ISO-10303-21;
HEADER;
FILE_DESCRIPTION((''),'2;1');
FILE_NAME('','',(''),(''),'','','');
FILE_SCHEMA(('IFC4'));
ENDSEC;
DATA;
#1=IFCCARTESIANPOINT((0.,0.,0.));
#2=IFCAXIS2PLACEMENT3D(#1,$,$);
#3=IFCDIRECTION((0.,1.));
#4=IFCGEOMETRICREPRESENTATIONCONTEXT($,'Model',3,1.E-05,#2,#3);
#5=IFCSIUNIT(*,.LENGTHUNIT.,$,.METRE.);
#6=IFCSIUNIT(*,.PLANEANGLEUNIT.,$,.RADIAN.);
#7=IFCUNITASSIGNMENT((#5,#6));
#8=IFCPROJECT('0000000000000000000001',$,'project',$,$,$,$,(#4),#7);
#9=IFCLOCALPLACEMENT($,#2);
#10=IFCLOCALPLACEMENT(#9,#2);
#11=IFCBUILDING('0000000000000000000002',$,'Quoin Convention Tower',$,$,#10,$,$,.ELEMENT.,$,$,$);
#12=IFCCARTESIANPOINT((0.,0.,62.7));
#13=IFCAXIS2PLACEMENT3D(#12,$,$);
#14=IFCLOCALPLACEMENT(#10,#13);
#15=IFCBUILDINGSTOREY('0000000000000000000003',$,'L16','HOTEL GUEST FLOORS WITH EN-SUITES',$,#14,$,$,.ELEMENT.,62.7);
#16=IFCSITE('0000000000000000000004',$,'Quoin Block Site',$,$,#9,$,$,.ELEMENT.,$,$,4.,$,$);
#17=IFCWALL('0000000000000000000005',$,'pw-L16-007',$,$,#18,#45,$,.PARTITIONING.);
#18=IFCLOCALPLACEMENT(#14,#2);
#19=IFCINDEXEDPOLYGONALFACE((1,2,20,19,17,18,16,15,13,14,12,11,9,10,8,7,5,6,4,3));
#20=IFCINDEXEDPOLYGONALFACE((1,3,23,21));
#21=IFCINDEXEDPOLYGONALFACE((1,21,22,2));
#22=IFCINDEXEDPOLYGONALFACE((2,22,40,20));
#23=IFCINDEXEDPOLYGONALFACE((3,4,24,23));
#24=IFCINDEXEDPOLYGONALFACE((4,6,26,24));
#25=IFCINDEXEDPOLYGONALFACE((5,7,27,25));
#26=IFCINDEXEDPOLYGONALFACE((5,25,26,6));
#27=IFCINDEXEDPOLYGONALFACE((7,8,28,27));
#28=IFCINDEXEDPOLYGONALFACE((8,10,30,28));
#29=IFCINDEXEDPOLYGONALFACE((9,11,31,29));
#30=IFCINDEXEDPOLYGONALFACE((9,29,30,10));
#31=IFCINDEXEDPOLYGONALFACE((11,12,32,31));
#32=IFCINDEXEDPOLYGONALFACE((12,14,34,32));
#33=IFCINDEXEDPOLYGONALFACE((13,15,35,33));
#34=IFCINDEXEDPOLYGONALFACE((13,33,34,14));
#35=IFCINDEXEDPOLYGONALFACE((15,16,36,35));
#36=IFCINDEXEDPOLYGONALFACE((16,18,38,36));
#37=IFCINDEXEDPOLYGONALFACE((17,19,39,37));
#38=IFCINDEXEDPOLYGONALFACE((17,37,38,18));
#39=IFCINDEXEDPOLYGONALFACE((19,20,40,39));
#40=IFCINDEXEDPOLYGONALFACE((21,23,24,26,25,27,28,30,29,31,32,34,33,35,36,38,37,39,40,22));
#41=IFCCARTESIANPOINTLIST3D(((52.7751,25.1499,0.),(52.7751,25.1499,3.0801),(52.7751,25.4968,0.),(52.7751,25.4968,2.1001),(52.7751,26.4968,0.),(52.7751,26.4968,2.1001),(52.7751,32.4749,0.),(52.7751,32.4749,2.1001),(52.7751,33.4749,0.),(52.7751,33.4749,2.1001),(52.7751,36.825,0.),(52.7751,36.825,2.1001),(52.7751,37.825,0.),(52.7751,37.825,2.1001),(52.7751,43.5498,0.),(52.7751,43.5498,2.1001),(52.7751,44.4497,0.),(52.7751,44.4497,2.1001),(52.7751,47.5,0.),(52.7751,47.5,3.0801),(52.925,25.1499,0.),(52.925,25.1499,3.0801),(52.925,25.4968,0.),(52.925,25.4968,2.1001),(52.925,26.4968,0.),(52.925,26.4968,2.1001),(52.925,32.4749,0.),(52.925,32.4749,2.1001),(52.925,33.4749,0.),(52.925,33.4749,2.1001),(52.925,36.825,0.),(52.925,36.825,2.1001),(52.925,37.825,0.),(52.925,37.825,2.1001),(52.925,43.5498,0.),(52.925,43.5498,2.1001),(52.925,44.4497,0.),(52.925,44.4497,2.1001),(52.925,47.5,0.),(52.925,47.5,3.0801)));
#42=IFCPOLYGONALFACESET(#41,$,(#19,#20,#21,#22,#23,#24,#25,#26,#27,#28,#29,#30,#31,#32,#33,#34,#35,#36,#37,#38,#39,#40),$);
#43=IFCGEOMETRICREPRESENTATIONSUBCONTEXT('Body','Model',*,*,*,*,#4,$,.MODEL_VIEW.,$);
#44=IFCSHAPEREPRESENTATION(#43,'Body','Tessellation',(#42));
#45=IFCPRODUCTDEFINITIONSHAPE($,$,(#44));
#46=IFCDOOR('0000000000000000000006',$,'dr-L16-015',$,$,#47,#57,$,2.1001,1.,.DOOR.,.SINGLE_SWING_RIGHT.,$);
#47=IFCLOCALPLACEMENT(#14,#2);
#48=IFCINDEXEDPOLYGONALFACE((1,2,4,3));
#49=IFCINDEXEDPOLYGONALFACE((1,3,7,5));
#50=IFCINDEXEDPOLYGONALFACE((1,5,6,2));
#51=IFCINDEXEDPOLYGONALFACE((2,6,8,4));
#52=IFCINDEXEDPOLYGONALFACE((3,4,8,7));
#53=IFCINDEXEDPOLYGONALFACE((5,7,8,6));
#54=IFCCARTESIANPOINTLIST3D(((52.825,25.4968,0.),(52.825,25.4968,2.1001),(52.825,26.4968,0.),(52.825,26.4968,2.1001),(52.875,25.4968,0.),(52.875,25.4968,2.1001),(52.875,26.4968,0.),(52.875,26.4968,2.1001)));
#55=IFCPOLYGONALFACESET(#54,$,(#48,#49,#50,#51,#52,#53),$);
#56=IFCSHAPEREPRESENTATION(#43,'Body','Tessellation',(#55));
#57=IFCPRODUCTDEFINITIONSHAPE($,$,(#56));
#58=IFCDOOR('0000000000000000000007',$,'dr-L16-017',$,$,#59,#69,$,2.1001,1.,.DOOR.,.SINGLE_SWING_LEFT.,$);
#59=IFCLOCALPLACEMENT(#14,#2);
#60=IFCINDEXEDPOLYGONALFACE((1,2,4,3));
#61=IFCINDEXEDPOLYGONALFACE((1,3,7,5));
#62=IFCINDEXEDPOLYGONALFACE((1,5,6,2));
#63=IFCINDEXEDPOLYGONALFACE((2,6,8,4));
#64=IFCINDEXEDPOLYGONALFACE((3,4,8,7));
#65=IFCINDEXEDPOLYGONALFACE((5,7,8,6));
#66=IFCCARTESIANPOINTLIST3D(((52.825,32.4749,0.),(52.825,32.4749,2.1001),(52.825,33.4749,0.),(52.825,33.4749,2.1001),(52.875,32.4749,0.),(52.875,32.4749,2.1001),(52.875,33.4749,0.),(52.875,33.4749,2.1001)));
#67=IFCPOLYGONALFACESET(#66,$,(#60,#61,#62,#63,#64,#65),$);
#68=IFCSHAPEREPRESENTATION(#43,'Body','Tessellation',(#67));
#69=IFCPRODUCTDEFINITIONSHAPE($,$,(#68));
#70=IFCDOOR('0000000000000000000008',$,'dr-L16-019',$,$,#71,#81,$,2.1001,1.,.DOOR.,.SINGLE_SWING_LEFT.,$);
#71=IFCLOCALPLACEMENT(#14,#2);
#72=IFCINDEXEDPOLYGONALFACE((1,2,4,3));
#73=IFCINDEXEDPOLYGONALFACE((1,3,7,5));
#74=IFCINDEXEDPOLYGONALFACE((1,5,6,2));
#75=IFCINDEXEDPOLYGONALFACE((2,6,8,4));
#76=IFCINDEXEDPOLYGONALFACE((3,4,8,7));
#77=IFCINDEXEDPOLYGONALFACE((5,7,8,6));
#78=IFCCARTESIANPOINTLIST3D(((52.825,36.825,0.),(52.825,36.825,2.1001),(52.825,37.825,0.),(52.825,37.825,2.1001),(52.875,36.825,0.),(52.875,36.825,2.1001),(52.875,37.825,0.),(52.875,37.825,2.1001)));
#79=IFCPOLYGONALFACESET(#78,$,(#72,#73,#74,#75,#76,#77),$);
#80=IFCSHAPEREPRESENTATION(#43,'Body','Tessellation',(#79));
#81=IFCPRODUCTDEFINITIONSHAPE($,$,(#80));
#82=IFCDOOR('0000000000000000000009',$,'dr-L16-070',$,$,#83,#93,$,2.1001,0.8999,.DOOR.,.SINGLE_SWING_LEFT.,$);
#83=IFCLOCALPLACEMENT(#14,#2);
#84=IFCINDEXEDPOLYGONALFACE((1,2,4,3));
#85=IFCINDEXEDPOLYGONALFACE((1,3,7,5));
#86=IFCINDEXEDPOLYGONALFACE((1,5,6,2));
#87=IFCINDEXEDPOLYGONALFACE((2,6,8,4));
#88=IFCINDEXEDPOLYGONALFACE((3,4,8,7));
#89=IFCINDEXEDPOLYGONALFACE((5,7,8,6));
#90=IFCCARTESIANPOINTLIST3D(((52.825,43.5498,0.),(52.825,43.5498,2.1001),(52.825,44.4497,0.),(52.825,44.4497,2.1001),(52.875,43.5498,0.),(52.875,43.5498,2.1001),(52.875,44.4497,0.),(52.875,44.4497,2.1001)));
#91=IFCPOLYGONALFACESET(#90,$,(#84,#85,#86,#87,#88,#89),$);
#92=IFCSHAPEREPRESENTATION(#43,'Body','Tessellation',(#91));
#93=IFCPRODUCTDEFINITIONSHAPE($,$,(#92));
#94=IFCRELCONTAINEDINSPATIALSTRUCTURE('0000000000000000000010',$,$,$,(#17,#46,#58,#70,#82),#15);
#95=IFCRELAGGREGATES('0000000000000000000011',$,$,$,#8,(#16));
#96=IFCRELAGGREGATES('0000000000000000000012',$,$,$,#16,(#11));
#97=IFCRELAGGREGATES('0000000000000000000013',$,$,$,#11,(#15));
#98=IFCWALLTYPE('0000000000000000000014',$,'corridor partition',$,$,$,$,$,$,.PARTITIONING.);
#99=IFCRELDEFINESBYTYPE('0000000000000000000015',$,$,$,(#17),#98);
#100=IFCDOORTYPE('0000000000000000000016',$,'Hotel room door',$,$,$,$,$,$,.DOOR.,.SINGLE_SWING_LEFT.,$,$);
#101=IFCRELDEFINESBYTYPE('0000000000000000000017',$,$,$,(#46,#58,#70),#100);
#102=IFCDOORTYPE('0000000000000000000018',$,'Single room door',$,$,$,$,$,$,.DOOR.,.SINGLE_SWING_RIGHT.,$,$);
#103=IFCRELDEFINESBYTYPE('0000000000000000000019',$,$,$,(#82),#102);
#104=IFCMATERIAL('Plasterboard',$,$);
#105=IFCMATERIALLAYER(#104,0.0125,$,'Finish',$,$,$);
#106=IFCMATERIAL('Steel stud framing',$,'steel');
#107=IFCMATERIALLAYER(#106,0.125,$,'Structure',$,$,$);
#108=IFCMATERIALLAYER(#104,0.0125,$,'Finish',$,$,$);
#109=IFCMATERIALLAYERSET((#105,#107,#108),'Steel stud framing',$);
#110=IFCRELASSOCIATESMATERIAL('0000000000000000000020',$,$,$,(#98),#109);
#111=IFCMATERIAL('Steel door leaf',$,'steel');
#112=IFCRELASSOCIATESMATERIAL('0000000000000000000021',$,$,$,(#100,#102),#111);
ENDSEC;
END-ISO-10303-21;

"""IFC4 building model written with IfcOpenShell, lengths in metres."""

from ifc_helpers import new_model, si_unit, direction, frame, frame_2d, origin, place, context, subcontext, project, spatial, rectangle, extrude, material, layer, layer_set, type_object, element, fill, save


model = new_model("IFC4")

# Units and contexts
model_context = context("Model", 3, precision=1e-05, world=origin(), true_north=direction((0.0, 1.0)))
body_context = subcontext(model_context, "Body", "Model", "MODEL_VIEW")
ifc_project = project(units=[si_unit("LENGTHUNIT", "METRE"), si_unit("PLANEANGLEUNIT", "RADIAN")], contexts=[model_context])

# Site, building, storey
site_placement = place(None, origin())
site = spatial("IfcSite", under=ifc_project, at=site_placement, Name="Quoin Block Site", CompositionType="ELEMENT", RefElevation=4.0)
building_placement = place(site_placement, origin())
building = spatial("IfcBuilding", under=site, at=building_placement, Name="Quoin Convention Tower", CompositionType="ELEMENT")
storey_placement = place(building_placement, frame((0.0, 0.0, 62.7)))
storey = spatial("IfcBuildingStorey", under=building, at=storey_placement, Name="L16", Description="HOTEL GUEST FLOORS WITH EN-SUITES", CompositionType="ELEMENT", Elevation=62.7)

# Shared definitions
ifc_material_1 = material(Name="Steel door leaf", Category="steel")

# Wall, openings, doors
ifc_material_2 = material(Name="Plasterboard")
ifc_layer_1 = layer(ifc_material_2, 0.0125, Name="Finish")
ifc_material_3 = material(Name="Steel stud framing", Category="steel")
ifc_layer_2 = layer(ifc_material_3, 0.125, Name="Structure")
ifc_layer_3 = layer(ifc_material_2, 0.0125, Name="Finish")
ifc_layer_set_1 = layer_set([ifc_layer_1, ifc_layer_2, ifc_layer_3], Name="Steel stud framing")
wall_type_1 = type_object("IfcWallType", Name="corridor partition", PredefinedType="PARTITIONING", material=ifc_layer_set_1)
wall_1_placement = place(storey_placement, frame((52.8501, 25.1499, 0.0), z_axis=(0.0, 0.0, 1.0), x_axis=(0.0, 1.0, 0.0)))
wall_1 = element("IfcWall", 1, at=wall_1_placement, inside=storey, type_object=wall_type_1, Name="pw-L16-007", PredefinedType="PARTITIONING", context=body_context, shape_type="SweptSolid", body=[
    extrude(rectangle(XDim=22.3501, YDim=0.1499, at=frame_2d((11.175, 0.0))), origin(), (0.0, 0.0, 1.0), 3.0801),
])
opening_1_placement = place(wall_1_placement, frame((0.3469, 0.0, 0.0)))
opening_1 = element("IfcOpeningElement", 2, at=opening_1_placement, cuts=wall_1, PredefinedType="OPENING", context=body_context, shape_type="SweptSolid", body=[
    extrude(rectangle(XDim=1.0, YDim=2.1001, at=frame_2d((0.5, 1.05))), frame((0.0, 0.085, 0.0), z_axis=(0.0, -1.0, 0.0), x_axis=(1.0, 0.0, 0.0)), (0.0, 0.0, 1.0), 0.1699),
])
opening_2_placement = place(wall_1_placement, frame((7.325, 0.0, 0.0)))
opening_2 = element("IfcOpeningElement", 3, at=opening_2_placement, cuts=wall_1, PredefinedType="OPENING", context=body_context, shape_type="SweptSolid", body=[
    extrude(rectangle(XDim=1.0, YDim=2.1001, at=frame_2d((0.5, 1.05))), frame((0.0, 0.085, 0.0), z_axis=(0.0, -1.0, 0.0), x_axis=(1.0, 0.0, 0.0)), (0.0, 0.0, 1.0), 0.1699),
])
opening_3_placement = place(wall_1_placement, frame((11.675, 0.0, 0.0)))
opening_3 = element("IfcOpeningElement", 4, at=opening_3_placement, cuts=wall_1, PredefinedType="OPENING", context=body_context, shape_type="SweptSolid", body=[
    extrude(rectangle(XDim=1.0, YDim=2.1001, at=frame_2d((0.5, 1.05))), frame((0.0, 0.085, 0.0), z_axis=(0.0, -1.0, 0.0), x_axis=(1.0, 0.0, 0.0)), (0.0, 0.0, 1.0), 0.1699),
])
opening_4_placement = place(wall_1_placement, frame((18.3999, 0.0, 0.0)))
opening_4 = element("IfcOpeningElement", 5, at=opening_4_placement, cuts=wall_1, PredefinedType="OPENING", context=body_context, shape_type="SweptSolid", body=[
    extrude(rectangle(XDim=0.8999, YDim=2.1001, at=frame_2d((0.45, 1.05))), frame((0.0, 0.085, 0.0), z_axis=(0.0, -1.0, 0.0), x_axis=(1.0, 0.0, 0.0)), (0.0, 0.0, 1.0), 0.1699),
])
door_type_1 = type_object("IfcDoorType", Name="Hotel room door", OperationType="SINGLE_SWING_LEFT", PredefinedType="DOOR", material=ifc_material_1)
door_1_placement = place(opening_1_placement, frame((1.0, 0.0, 0.0), z_axis=(0.0, 0.0, 1.0), x_axis=(-1.0, 0.0, 0.0)))
door_1 = element("IfcDoor", 6, at=door_1_placement, inside=storey, type_object=door_type_1, Name="dr-L16-015", OperationType="SINGLE_SWING_RIGHT", OverallHeight=2.1001, OverallWidth=1.0, PredefinedType="DOOR", context=body_context, shape_type="SweptSolid", body=[
    extrude(rectangle(XDim=1.0, YDim=2.1001, at=frame_2d((0.5, 1.05))), frame((0.0, 0.0249, 0.0), z_axis=(0.0, -1.0, 0.0), x_axis=(1.0, 0.0, 0.0)), (0.0, 0.0, 1.0), 0.05),
])
fill(opening_1, door_1)
door_2_placement = place(opening_2_placement, frame((1.0, 0.0, 0.0), z_axis=(0.0, 0.0, 1.0), x_axis=(-1.0, 0.0, 0.0)))
door_2 = element("IfcDoor", 7, at=door_2_placement, inside=storey, type_object=door_type_1, Name="dr-L16-017", OperationType="SINGLE_SWING_LEFT", OverallHeight=2.1001, OverallWidth=1.0, PredefinedType="DOOR", context=body_context, shape_type="SweptSolid", body=[
    extrude(rectangle(XDim=1.0, YDim=2.1001, at=frame_2d((0.5, 1.05))), frame((0.0, 0.0249, 0.0), z_axis=(0.0, -1.0, 0.0), x_axis=(1.0, 0.0, 0.0)), (0.0, 0.0, 1.0), 0.05),
])
fill(opening_2, door_2)
door_3_placement = place(opening_3_placement, frame((1.0, 0.0, 0.0), z_axis=(0.0, 0.0, 1.0), x_axis=(-1.0, 0.0, 0.0)))
door_3 = element("IfcDoor", 8, at=door_3_placement, inside=storey, type_object=door_type_1, Name="dr-L16-019", OperationType="SINGLE_SWING_LEFT", OverallHeight=2.1001, OverallWidth=1.0, PredefinedType="DOOR", context=body_context, shape_type="SweptSolid", body=[
    extrude(rectangle(XDim=1.0, YDim=2.1001, at=frame_2d((0.5, 1.05))), frame((0.0, 0.0249, 0.0), z_axis=(0.0, -1.0, 0.0), x_axis=(1.0, 0.0, 0.0)), (0.0, 0.0, 1.0), 0.05),
])
fill(opening_3, door_3)
door_type_2 = type_object("IfcDoorType", Name="Single room door", OperationType="SINGLE_SWING_RIGHT", PredefinedType="DOOR", material=ifc_material_1)
door_4_placement = place(opening_4_placement, frame((0.8999, 0.0, 0.0), z_axis=(0.0, 0.0, 1.0), x_axis=(-1.0, 0.0, 0.0)))
door_4 = element("IfcDoor", 9, at=door_4_placement, inside=storey, type_object=door_type_2, Name="dr-L16-070", OperationType="SINGLE_SWING_LEFT", OverallHeight=2.1001, OverallWidth=0.8999, PredefinedType="DOOR", context=body_context, shape_type="SweptSolid", body=[
    extrude(rectangle(XDim=0.8999, YDim=2.1001, at=frame_2d((0.45, 1.05))), frame((0.0, 0.0249, 0.0), z_axis=(0.0, -1.0, 0.0), x_axis=(1.0, 0.0, 0.0)), (0.0, 0.0, 1.0), 0.05),
])
fill(opening_4, door_4)

save(model, "model.ifc")
